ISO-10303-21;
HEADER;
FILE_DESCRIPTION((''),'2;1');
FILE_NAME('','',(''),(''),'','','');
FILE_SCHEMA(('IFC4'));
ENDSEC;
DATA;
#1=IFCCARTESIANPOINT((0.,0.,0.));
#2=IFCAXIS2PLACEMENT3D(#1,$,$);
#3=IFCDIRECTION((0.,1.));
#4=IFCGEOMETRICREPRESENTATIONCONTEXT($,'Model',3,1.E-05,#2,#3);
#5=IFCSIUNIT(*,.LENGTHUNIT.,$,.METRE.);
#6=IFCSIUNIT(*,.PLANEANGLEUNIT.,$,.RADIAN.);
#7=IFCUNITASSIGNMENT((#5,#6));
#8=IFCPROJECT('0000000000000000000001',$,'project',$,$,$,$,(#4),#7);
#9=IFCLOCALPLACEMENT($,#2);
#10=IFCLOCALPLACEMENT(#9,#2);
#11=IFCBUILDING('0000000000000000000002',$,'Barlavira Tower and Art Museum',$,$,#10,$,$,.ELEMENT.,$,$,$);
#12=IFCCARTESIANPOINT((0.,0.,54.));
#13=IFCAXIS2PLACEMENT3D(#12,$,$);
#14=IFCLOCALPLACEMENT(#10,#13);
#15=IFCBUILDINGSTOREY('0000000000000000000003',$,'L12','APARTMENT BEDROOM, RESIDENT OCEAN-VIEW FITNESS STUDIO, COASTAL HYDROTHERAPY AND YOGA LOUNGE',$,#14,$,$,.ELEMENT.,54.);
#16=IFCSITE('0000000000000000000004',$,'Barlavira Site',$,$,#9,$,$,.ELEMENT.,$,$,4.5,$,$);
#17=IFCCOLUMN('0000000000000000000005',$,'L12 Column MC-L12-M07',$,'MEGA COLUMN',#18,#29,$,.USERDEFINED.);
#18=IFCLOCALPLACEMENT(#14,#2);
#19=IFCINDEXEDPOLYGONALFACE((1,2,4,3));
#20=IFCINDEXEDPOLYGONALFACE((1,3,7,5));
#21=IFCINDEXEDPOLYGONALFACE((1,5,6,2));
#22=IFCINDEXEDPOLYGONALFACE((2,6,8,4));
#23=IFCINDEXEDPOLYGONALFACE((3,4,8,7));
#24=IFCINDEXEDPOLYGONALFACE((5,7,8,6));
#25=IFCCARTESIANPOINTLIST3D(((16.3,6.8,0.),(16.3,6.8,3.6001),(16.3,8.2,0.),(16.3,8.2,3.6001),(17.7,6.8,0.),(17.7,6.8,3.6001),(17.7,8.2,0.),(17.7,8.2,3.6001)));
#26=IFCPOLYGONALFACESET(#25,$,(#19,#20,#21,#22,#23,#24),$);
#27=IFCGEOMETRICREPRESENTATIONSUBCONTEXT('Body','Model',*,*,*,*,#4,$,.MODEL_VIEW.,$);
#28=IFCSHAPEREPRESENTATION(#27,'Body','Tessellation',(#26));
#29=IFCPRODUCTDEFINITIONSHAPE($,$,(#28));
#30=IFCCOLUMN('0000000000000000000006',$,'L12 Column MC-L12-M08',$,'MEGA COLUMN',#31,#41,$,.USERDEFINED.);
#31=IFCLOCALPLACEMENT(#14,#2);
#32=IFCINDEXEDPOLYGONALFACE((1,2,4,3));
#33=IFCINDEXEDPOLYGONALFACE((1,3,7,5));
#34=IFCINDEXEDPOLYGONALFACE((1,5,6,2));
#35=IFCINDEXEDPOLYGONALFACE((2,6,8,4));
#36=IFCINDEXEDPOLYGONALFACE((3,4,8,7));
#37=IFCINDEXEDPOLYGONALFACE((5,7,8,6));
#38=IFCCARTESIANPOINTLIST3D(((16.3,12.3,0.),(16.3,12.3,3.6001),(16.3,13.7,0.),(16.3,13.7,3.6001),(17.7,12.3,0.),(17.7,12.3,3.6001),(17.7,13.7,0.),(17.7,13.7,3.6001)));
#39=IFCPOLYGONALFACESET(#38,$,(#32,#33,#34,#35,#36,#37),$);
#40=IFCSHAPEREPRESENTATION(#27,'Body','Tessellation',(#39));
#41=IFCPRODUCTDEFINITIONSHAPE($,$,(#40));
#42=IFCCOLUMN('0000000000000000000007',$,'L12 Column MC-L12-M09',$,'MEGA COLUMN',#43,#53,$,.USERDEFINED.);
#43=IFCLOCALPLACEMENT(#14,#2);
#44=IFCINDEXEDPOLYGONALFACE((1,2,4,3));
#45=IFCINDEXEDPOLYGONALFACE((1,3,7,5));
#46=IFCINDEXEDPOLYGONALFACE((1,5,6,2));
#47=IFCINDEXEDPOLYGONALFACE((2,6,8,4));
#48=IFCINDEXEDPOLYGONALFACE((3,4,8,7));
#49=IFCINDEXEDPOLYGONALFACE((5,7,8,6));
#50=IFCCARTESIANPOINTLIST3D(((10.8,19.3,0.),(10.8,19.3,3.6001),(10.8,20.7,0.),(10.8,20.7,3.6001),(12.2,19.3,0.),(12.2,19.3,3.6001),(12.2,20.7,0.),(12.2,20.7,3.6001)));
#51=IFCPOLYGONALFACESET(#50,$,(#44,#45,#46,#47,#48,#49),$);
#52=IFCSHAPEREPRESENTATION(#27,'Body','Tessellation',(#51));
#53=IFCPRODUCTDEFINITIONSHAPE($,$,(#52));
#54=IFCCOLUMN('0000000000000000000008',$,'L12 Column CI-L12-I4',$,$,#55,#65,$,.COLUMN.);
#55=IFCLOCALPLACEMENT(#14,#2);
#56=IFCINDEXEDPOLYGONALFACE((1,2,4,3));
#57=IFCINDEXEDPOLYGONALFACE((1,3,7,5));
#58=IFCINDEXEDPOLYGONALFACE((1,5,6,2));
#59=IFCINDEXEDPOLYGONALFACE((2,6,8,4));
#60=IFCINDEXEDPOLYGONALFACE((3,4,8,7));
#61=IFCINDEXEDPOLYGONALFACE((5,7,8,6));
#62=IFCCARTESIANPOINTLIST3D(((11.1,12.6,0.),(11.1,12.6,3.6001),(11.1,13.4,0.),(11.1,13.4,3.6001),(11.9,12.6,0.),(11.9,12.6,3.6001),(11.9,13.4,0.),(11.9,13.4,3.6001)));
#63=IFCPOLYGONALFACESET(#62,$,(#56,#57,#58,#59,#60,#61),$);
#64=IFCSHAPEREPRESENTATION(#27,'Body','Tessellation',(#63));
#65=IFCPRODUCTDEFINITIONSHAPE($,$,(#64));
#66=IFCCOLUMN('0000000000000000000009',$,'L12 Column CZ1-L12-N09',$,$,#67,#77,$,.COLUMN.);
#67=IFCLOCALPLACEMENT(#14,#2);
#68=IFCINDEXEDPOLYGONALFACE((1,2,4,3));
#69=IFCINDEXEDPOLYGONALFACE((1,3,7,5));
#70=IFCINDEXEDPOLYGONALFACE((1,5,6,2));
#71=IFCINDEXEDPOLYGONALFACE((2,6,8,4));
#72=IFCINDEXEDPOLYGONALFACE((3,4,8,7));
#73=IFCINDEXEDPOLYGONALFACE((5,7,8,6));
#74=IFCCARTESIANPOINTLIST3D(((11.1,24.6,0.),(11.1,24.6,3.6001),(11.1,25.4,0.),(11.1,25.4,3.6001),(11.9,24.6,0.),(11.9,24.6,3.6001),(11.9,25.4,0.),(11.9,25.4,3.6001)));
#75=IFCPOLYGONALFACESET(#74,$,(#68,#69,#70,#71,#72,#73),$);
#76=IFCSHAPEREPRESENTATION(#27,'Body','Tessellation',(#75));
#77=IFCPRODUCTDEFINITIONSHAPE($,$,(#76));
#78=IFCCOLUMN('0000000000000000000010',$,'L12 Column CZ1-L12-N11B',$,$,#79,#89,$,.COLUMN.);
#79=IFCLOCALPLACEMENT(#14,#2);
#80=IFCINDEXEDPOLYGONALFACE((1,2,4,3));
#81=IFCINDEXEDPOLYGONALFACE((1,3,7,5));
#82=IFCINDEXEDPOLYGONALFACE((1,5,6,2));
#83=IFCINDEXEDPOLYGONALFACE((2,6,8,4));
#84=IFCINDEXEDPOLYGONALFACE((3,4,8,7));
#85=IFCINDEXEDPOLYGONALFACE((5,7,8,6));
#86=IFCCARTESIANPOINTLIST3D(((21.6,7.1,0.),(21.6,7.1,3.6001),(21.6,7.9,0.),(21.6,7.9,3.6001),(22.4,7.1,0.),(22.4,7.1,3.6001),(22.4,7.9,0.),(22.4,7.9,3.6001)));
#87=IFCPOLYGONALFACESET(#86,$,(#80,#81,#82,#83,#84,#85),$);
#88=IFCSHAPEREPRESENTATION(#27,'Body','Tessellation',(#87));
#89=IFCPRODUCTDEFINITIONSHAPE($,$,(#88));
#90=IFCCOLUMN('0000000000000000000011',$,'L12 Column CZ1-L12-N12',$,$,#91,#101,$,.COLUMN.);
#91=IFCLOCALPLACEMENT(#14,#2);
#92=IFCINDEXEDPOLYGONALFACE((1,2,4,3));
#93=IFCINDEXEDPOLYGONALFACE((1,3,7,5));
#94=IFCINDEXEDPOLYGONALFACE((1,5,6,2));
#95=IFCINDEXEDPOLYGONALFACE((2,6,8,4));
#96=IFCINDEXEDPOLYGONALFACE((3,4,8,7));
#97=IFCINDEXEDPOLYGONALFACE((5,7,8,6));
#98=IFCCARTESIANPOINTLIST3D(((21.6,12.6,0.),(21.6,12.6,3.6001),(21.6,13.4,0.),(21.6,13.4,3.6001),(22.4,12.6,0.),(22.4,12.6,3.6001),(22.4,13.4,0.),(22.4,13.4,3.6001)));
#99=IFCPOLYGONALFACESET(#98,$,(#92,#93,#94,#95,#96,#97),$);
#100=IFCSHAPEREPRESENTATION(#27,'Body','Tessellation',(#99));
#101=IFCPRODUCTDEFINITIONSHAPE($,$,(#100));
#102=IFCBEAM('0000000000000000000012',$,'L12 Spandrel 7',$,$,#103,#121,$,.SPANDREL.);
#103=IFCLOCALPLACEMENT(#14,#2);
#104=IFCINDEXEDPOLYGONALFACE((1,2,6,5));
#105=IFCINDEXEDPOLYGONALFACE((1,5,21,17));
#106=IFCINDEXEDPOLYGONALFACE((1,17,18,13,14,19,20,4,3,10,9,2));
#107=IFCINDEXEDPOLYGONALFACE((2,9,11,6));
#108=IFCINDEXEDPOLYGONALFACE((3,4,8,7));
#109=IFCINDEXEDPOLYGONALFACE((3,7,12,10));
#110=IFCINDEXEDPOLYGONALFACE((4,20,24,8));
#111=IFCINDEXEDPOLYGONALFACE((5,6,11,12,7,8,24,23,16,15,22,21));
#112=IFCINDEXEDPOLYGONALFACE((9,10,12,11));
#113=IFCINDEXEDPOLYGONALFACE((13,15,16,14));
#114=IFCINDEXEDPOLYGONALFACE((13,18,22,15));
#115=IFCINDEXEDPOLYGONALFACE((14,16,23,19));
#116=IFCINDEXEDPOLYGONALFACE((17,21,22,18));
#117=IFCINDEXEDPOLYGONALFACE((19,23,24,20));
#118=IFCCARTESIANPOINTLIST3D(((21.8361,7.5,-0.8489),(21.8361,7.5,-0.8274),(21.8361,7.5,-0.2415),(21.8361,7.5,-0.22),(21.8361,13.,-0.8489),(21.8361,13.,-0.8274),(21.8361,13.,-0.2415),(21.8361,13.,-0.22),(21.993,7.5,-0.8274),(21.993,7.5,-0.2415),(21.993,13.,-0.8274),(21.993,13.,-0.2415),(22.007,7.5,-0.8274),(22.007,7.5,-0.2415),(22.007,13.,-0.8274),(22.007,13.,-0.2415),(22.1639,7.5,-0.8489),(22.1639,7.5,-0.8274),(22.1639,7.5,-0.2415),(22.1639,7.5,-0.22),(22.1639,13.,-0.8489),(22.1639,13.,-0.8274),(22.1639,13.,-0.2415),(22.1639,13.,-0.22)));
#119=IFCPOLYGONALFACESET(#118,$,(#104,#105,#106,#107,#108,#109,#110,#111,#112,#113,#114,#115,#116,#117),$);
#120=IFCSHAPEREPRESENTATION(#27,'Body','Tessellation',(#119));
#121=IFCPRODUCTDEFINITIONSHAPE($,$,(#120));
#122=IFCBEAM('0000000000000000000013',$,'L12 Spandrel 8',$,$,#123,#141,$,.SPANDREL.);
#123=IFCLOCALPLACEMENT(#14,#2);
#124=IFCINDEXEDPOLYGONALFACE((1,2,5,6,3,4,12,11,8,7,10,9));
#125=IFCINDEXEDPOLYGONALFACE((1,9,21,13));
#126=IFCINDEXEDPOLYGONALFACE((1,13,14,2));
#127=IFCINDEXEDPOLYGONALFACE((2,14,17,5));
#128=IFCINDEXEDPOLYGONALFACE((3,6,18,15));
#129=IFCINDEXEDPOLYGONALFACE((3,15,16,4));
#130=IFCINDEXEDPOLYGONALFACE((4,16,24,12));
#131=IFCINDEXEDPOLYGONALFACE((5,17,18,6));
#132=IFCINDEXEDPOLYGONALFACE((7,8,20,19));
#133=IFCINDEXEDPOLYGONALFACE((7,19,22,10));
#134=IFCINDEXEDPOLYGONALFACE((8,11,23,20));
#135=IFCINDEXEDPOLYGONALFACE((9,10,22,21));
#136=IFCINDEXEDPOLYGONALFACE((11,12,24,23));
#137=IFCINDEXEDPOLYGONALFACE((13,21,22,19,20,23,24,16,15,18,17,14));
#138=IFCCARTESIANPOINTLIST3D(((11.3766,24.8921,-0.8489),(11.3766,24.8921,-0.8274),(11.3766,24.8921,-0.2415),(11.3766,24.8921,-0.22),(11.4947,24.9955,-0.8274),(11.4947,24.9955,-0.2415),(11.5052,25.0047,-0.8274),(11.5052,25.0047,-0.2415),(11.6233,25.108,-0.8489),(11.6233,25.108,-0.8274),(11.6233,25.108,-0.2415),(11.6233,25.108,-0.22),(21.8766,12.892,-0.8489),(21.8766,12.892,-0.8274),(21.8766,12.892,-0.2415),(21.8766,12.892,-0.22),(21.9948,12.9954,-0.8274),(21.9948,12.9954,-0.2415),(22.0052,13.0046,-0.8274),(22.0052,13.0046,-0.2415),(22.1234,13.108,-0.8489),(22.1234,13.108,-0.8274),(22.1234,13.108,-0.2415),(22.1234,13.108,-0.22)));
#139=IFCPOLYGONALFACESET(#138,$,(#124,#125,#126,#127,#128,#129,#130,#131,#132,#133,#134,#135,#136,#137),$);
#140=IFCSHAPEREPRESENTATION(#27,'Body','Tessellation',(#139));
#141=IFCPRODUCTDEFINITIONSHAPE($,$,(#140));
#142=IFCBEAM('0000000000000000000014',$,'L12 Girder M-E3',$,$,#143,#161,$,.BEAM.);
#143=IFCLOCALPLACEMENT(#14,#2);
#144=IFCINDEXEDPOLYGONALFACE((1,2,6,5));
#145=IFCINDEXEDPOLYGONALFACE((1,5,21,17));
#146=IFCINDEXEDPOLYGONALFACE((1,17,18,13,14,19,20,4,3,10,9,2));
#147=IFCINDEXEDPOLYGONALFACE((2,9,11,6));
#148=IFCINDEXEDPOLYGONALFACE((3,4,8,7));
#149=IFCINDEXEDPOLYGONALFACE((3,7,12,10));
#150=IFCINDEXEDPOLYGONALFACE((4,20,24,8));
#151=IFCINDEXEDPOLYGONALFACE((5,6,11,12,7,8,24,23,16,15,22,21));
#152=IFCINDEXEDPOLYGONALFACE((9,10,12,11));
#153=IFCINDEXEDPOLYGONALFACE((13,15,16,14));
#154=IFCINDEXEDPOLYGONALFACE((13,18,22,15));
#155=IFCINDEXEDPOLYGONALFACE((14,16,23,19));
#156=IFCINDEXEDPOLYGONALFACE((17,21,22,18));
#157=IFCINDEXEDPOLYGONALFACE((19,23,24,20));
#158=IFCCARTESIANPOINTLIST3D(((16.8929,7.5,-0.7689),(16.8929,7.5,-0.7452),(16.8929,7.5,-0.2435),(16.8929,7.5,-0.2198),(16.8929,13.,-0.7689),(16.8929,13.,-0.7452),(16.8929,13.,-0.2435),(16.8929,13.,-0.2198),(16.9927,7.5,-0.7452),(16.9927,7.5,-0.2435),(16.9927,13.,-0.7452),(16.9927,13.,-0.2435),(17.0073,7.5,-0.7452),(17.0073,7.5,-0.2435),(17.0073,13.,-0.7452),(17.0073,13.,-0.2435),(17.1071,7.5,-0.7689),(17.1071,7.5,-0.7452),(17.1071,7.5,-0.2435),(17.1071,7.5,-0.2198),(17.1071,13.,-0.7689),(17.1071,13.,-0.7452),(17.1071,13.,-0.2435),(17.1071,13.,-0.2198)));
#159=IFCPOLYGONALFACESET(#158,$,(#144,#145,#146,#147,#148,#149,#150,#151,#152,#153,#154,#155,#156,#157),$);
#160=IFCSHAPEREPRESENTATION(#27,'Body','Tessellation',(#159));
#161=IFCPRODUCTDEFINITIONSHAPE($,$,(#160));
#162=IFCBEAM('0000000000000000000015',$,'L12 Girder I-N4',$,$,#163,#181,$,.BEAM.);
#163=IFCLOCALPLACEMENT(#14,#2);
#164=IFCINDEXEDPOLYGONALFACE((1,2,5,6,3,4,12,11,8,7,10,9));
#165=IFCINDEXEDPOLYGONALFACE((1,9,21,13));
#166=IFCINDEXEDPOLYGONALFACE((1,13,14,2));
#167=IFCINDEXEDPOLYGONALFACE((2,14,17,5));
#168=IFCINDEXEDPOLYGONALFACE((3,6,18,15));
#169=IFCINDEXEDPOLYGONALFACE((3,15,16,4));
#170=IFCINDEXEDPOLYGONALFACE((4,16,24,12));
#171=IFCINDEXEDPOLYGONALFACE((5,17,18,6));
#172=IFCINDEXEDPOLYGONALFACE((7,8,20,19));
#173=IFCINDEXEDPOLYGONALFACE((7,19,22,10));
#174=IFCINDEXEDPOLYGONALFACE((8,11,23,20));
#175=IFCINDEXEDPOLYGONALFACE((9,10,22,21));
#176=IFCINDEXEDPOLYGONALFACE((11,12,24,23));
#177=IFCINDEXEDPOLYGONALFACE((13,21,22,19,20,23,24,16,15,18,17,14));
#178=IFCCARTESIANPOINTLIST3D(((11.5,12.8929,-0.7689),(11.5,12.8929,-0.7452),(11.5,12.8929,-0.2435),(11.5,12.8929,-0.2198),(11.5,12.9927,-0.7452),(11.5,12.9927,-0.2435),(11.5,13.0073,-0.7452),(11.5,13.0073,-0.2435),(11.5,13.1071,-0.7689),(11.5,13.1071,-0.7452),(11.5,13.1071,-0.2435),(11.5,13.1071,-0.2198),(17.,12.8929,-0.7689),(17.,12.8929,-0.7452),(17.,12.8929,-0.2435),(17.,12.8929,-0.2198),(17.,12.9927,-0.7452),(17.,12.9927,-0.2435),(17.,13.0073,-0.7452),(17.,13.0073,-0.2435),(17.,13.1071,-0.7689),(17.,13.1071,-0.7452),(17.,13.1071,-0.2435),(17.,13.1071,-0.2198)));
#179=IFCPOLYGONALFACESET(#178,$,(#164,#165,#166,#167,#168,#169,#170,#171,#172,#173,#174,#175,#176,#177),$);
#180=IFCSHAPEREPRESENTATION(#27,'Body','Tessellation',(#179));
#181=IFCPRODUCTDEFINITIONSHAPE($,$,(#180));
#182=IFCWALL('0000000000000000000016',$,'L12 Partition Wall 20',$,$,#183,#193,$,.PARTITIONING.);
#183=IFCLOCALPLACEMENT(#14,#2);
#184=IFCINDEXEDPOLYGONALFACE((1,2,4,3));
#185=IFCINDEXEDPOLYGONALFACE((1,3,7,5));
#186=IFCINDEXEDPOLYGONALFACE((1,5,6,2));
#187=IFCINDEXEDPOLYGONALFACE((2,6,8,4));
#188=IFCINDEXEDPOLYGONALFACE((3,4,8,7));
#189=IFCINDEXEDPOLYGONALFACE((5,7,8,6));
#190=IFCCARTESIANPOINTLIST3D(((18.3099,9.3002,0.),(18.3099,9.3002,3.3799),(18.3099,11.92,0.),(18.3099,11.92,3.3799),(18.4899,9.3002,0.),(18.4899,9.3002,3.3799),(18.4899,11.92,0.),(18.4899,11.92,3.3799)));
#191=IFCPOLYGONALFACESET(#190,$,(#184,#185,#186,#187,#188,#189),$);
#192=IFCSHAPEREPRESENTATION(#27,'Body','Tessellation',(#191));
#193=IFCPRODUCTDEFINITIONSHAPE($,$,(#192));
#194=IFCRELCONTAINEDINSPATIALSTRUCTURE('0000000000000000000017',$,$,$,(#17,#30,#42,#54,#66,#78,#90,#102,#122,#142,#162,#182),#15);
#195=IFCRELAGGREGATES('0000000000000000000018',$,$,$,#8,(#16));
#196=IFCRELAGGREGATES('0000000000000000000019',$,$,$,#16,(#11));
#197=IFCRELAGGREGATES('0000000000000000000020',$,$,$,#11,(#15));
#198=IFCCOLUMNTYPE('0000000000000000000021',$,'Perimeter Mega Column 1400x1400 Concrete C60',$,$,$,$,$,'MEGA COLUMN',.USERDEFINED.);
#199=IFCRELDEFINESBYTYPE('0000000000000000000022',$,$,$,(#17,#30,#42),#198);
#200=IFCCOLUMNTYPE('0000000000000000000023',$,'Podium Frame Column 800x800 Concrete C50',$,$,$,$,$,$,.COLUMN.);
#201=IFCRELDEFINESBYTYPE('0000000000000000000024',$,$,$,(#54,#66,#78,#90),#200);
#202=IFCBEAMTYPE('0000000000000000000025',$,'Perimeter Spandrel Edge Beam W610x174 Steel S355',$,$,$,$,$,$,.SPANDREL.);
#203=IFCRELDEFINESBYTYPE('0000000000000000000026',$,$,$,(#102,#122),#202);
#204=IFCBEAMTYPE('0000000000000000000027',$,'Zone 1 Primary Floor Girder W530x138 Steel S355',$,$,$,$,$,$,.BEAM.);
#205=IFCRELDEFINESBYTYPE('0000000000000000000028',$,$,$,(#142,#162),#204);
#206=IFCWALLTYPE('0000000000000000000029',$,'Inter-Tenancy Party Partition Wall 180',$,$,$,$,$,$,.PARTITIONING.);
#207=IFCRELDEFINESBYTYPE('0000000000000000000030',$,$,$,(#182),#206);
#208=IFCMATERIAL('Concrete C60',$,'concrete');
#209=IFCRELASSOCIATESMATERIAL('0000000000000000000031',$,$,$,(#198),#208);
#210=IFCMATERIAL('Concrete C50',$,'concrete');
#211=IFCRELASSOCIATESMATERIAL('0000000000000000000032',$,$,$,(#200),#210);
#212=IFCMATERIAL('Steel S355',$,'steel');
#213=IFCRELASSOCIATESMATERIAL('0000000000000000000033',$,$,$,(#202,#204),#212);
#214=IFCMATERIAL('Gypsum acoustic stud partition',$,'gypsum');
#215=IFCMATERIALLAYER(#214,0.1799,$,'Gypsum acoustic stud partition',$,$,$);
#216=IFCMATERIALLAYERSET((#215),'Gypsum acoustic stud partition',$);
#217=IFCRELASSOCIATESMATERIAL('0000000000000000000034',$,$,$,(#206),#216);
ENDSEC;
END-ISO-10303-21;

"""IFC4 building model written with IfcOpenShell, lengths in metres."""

from ifc_helpers import new_model, si_unit, direction, frame, frame_2d, origin, origin_2d, place, context, subcontext, project, spatial, rectangle, i_section, extrude, material, layer, layer_set, material_profile, profile_set, type_object, element, save


model = new_model("IFC4")

# Units and contexts
model_context = context("Model", 3, precision=1e-05, world=origin(), true_north=direction((0.0, 1.0)))
body_context = subcontext(model_context, "Body", "Model", "MODEL_VIEW")
ifc_project = project(units=[si_unit("LENGTHUNIT", "METRE"), si_unit("PLANEANGLEUNIT", "RADIAN")], contexts=[model_context])

# Site, building, storey
site_placement = place(None, origin())
site = spatial("IfcSite", under=ifc_project, at=site_placement, Name="Barlavira Site", CompositionType="ELEMENT", RefElevation=4.5)
building_placement = place(site_placement, origin())
building = spatial("IfcBuilding", under=site, at=building_placement, Name="Barlavira Tower and Art Museum", CompositionType="ELEMENT")
storey_placement = place(building_placement, frame((0.0, 0.0, 54.0)))
storey = spatial("IfcBuildingStorey", under=building, at=storey_placement, Name="L12", Description="APARTMENT BEDROOM, RESIDENT OCEAN-VIEW FITNESS STUDIO, COASTAL HYDROTHERAPY AND YOGA LOUNGE", CompositionType="ELEMENT", Elevation=54.0)

# Columns
ifc_material_1 = material(Name="Concrete C60", Category="concrete")
ifc_material_profile_1 = material_profile(ifc_material_1, rectangle(XDim=1.3999, YDim=1.3999, at=origin_2d()), Name="RC-MCOL 1400x1400")
ifc_profile_set_1 = profile_set([ifc_material_profile_1], Name="Concrete C60")
column_type_1 = type_object("IfcColumnType", Name="Perimeter Mega Column 1400x1400 Concrete C60", ElementType="MEGA COLUMN", PredefinedType="USERDEFINED", material=ifc_profile_set_1)
for number, where, z_axis, x_axis, name in (
    (1, (17.0, 7.5, 0.0), (0.0, 0.0, 1.0), (1.0, 0.0, 0.0), "L12 Column MC-L12-M07"),
    (2, (17.0, 13.0, 0.0), (0.0, 0.0, 1.0), (1.0, 0.0, 0.0), "L12 Column MC-L12-M08"),
    (3, (11.5, 20.0, 0.0), (0.0, 0.0, 1.0), (1.0, 0.0, 0.0), "L12 Column MC-L12-M09"),
):
    element("IfcColumn", number, at=place(storey_placement, frame(where, z_axis=z_axis, x_axis=x_axis)), inside=storey, type_object=column_type_1, Name=name, ObjectType="MEGA COLUMN", PredefinedType="USERDEFINED", context=body_context, shape_type="SweptSolid", body=[
        extrude(rectangle(XDim=1.3999, YDim=1.3999, at=origin_2d()), origin(), (0.0, 0.0, 1.0), 3.6001),
    ])
ifc_material_2 = material(Name="Concrete C50", Category="concrete")
ifc_material_profile_2 = material_profile(ifc_material_2, rectangle(XDim=0.8, YDim=0.8, at=origin_2d()), Name="RC-COL 800x800")
ifc_profile_set_2 = profile_set([ifc_material_profile_2], Name="Concrete C50")
column_type_2 = type_object("IfcColumnType", Name="Podium Frame Column 800x800 Concrete C50", PredefinedType="COLUMN", material=ifc_profile_set_2)
for number, where, z_axis, x_axis, name in (
    (4, (11.5, 13.0, 0.0), (0.0, 0.0, 1.0), (1.0, 0.0, 0.0), "L12 Column CI-L12-I4"),
    (5, (11.5, 25.0, 0.0), (0.0, 0.0, 1.0), (1.0, 0.0, 0.0), "L12 Column CZ1-L12-N09"),
    (6, (22.0, 7.5, 0.0), (0.0, 0.0, 1.0), (1.0, 0.0, 0.0), "L12 Column CZ1-L12-N11B"),
    (7, (22.0, 13.0, 0.0), (0.0, 0.0, 1.0), (1.0, 0.0, 0.0), "L12 Column CZ1-L12-N12"),
):
    element("IfcColumn", number, at=place(storey_placement, frame(where, z_axis=z_axis, x_axis=x_axis)), inside=storey, type_object=column_type_2, Name=name, PredefinedType="COLUMN", context=body_context, shape_type="SweptSolid", body=[
        extrude(rectangle(XDim=0.8, YDim=0.8, at=origin_2d()), origin(), (0.0, 0.0, 1.0), 3.6001),
    ])

# Beams
ifc_material_3 = material(Name="Steel S355", Category="steel")
ifc_material_profile_3 = material_profile(ifc_material_3, i_section(OverallWidth=0.3279, OverallDepth=0.6289, WebThickness=0.0139, FlangeThickness=0.0215, at=origin_2d()), Name="W610x174.0")
ifc_profile_set_3 = profile_set([ifc_material_profile_3], Name="Steel S355")
beam_type_1 = type_object("IfcBeamType", Name="Perimeter Spandrel Edge Beam W610x174 Steel S355", PredefinedType="SPANDREL", material=ifc_profile_set_3)
beam_1_placement = place(storey_placement, frame((22.0, 7.5, -0.5344), z_axis=(0.0, 1.0, 0.0), x_axis=(-1.0, 0.0, 0.0)))
element("IfcBeam", 8, at=beam_1_placement, inside=storey, type_object=beam_type_1, Name="L12 Spandrel 7", PredefinedType="SPANDREL", context=body_context, shape_type="SweptSolid", body=[
    extrude(i_section(OverallWidth=0.3279, OverallDepth=0.6289, WebThickness=0.0139, FlangeThickness=0.0215, at=origin_2d()), origin(), (0.0, 0.0, 1.0), 5.5),
])
beam_2_placement = place(storey_placement, frame((22.0, 13.0, -0.5344), z_axis=(-0.658505, 0.752577, 0.0), x_axis=(-0.752577, -0.658505, 0.0)))
element("IfcBeam", 9, at=beam_2_placement, inside=storey, type_object=beam_type_1, Name="L12 Spandrel 8", PredefinedType="SPANDREL", context=body_context, shape_type="SweptSolid", body=[
    extrude(i_section(OverallWidth=0.3279, OverallDepth=0.6289, WebThickness=0.0139, FlangeThickness=0.0215, at=origin_2d()), origin(), (0.0, 0.0, 1.0), 15.9453),
])
ifc_material_profile_4 = material_profile(ifc_material_3, i_section(OverallWidth=0.2141, OverallDepth=0.5491, WebThickness=0.0146, FlangeThickness=0.0237, at=origin_2d()), Name="W530x138.0")
ifc_profile_set_4 = profile_set([ifc_material_profile_4], Name="Steel S355")
beam_type_2 = type_object("IfcBeamType", Name="Zone 1 Primary Floor Girder W530x138 Steel S355", PredefinedType="BEAM", material=ifc_profile_set_4)
for number, where, z_axis, x_axis, name in (
    (10, (17.0, 7.5, -0.4944), (0.0, 1.0, 0.0), (-1.0, 0.0, 0.0), "L12 Girder M-E3"),
    (11, (11.5, 13.0, -0.4944), (1.0, 0.0, 0.0), (0.0, 1.0, 0.0), "L12 Girder I-N4"),
):
    element("IfcBeam", number, at=place(storey_placement, frame(where, z_axis=z_axis, x_axis=x_axis)), inside=storey, type_object=beam_type_2, Name=name, PredefinedType="BEAM", context=body_context, shape_type="SweptSolid", body=[
        extrude(i_section(OverallWidth=0.2141, OverallDepth=0.5491, WebThickness=0.0146, FlangeThickness=0.0237, at=origin_2d()), origin(), (0.0, 0.0, 1.0), 5.5),
    ])

# Wall
ifc_material_4 = material(Name="Gypsum acoustic stud partition", Category="gypsum")
ifc_layer_1 = layer(ifc_material_4, 0.1799, Name="Gypsum acoustic stud partition")
ifc_layer_set_1 = layer_set([ifc_layer_1], Name="Gypsum acoustic stud partition")
wall_type_1 = type_object("IfcWallType", Name="Inter-Tenancy Party Partition Wall 180", PredefinedType="PARTITIONING", material=ifc_layer_set_1)
wall_1_placement = place(storey_placement, frame((18.3999, 9.3, 0.0), z_axis=(0.0, 0.0, 1.0), x_axis=(0.0, 1.0, 0.0)))
element("IfcWall", 12, at=wall_1_placement, inside=storey, type_object=wall_type_1, Name="L12 Partition Wall 20", PredefinedType="PARTITIONING", context=body_context, shape_type="SweptSolid", body=[
    extrude(rectangle(XDim=2.6199, YDim=0.1799, at=frame_2d((1.3101, 0.0))), origin(), (0.0, 0.0, 1.0), 3.3799),
])

save(model, "model.ifc")
